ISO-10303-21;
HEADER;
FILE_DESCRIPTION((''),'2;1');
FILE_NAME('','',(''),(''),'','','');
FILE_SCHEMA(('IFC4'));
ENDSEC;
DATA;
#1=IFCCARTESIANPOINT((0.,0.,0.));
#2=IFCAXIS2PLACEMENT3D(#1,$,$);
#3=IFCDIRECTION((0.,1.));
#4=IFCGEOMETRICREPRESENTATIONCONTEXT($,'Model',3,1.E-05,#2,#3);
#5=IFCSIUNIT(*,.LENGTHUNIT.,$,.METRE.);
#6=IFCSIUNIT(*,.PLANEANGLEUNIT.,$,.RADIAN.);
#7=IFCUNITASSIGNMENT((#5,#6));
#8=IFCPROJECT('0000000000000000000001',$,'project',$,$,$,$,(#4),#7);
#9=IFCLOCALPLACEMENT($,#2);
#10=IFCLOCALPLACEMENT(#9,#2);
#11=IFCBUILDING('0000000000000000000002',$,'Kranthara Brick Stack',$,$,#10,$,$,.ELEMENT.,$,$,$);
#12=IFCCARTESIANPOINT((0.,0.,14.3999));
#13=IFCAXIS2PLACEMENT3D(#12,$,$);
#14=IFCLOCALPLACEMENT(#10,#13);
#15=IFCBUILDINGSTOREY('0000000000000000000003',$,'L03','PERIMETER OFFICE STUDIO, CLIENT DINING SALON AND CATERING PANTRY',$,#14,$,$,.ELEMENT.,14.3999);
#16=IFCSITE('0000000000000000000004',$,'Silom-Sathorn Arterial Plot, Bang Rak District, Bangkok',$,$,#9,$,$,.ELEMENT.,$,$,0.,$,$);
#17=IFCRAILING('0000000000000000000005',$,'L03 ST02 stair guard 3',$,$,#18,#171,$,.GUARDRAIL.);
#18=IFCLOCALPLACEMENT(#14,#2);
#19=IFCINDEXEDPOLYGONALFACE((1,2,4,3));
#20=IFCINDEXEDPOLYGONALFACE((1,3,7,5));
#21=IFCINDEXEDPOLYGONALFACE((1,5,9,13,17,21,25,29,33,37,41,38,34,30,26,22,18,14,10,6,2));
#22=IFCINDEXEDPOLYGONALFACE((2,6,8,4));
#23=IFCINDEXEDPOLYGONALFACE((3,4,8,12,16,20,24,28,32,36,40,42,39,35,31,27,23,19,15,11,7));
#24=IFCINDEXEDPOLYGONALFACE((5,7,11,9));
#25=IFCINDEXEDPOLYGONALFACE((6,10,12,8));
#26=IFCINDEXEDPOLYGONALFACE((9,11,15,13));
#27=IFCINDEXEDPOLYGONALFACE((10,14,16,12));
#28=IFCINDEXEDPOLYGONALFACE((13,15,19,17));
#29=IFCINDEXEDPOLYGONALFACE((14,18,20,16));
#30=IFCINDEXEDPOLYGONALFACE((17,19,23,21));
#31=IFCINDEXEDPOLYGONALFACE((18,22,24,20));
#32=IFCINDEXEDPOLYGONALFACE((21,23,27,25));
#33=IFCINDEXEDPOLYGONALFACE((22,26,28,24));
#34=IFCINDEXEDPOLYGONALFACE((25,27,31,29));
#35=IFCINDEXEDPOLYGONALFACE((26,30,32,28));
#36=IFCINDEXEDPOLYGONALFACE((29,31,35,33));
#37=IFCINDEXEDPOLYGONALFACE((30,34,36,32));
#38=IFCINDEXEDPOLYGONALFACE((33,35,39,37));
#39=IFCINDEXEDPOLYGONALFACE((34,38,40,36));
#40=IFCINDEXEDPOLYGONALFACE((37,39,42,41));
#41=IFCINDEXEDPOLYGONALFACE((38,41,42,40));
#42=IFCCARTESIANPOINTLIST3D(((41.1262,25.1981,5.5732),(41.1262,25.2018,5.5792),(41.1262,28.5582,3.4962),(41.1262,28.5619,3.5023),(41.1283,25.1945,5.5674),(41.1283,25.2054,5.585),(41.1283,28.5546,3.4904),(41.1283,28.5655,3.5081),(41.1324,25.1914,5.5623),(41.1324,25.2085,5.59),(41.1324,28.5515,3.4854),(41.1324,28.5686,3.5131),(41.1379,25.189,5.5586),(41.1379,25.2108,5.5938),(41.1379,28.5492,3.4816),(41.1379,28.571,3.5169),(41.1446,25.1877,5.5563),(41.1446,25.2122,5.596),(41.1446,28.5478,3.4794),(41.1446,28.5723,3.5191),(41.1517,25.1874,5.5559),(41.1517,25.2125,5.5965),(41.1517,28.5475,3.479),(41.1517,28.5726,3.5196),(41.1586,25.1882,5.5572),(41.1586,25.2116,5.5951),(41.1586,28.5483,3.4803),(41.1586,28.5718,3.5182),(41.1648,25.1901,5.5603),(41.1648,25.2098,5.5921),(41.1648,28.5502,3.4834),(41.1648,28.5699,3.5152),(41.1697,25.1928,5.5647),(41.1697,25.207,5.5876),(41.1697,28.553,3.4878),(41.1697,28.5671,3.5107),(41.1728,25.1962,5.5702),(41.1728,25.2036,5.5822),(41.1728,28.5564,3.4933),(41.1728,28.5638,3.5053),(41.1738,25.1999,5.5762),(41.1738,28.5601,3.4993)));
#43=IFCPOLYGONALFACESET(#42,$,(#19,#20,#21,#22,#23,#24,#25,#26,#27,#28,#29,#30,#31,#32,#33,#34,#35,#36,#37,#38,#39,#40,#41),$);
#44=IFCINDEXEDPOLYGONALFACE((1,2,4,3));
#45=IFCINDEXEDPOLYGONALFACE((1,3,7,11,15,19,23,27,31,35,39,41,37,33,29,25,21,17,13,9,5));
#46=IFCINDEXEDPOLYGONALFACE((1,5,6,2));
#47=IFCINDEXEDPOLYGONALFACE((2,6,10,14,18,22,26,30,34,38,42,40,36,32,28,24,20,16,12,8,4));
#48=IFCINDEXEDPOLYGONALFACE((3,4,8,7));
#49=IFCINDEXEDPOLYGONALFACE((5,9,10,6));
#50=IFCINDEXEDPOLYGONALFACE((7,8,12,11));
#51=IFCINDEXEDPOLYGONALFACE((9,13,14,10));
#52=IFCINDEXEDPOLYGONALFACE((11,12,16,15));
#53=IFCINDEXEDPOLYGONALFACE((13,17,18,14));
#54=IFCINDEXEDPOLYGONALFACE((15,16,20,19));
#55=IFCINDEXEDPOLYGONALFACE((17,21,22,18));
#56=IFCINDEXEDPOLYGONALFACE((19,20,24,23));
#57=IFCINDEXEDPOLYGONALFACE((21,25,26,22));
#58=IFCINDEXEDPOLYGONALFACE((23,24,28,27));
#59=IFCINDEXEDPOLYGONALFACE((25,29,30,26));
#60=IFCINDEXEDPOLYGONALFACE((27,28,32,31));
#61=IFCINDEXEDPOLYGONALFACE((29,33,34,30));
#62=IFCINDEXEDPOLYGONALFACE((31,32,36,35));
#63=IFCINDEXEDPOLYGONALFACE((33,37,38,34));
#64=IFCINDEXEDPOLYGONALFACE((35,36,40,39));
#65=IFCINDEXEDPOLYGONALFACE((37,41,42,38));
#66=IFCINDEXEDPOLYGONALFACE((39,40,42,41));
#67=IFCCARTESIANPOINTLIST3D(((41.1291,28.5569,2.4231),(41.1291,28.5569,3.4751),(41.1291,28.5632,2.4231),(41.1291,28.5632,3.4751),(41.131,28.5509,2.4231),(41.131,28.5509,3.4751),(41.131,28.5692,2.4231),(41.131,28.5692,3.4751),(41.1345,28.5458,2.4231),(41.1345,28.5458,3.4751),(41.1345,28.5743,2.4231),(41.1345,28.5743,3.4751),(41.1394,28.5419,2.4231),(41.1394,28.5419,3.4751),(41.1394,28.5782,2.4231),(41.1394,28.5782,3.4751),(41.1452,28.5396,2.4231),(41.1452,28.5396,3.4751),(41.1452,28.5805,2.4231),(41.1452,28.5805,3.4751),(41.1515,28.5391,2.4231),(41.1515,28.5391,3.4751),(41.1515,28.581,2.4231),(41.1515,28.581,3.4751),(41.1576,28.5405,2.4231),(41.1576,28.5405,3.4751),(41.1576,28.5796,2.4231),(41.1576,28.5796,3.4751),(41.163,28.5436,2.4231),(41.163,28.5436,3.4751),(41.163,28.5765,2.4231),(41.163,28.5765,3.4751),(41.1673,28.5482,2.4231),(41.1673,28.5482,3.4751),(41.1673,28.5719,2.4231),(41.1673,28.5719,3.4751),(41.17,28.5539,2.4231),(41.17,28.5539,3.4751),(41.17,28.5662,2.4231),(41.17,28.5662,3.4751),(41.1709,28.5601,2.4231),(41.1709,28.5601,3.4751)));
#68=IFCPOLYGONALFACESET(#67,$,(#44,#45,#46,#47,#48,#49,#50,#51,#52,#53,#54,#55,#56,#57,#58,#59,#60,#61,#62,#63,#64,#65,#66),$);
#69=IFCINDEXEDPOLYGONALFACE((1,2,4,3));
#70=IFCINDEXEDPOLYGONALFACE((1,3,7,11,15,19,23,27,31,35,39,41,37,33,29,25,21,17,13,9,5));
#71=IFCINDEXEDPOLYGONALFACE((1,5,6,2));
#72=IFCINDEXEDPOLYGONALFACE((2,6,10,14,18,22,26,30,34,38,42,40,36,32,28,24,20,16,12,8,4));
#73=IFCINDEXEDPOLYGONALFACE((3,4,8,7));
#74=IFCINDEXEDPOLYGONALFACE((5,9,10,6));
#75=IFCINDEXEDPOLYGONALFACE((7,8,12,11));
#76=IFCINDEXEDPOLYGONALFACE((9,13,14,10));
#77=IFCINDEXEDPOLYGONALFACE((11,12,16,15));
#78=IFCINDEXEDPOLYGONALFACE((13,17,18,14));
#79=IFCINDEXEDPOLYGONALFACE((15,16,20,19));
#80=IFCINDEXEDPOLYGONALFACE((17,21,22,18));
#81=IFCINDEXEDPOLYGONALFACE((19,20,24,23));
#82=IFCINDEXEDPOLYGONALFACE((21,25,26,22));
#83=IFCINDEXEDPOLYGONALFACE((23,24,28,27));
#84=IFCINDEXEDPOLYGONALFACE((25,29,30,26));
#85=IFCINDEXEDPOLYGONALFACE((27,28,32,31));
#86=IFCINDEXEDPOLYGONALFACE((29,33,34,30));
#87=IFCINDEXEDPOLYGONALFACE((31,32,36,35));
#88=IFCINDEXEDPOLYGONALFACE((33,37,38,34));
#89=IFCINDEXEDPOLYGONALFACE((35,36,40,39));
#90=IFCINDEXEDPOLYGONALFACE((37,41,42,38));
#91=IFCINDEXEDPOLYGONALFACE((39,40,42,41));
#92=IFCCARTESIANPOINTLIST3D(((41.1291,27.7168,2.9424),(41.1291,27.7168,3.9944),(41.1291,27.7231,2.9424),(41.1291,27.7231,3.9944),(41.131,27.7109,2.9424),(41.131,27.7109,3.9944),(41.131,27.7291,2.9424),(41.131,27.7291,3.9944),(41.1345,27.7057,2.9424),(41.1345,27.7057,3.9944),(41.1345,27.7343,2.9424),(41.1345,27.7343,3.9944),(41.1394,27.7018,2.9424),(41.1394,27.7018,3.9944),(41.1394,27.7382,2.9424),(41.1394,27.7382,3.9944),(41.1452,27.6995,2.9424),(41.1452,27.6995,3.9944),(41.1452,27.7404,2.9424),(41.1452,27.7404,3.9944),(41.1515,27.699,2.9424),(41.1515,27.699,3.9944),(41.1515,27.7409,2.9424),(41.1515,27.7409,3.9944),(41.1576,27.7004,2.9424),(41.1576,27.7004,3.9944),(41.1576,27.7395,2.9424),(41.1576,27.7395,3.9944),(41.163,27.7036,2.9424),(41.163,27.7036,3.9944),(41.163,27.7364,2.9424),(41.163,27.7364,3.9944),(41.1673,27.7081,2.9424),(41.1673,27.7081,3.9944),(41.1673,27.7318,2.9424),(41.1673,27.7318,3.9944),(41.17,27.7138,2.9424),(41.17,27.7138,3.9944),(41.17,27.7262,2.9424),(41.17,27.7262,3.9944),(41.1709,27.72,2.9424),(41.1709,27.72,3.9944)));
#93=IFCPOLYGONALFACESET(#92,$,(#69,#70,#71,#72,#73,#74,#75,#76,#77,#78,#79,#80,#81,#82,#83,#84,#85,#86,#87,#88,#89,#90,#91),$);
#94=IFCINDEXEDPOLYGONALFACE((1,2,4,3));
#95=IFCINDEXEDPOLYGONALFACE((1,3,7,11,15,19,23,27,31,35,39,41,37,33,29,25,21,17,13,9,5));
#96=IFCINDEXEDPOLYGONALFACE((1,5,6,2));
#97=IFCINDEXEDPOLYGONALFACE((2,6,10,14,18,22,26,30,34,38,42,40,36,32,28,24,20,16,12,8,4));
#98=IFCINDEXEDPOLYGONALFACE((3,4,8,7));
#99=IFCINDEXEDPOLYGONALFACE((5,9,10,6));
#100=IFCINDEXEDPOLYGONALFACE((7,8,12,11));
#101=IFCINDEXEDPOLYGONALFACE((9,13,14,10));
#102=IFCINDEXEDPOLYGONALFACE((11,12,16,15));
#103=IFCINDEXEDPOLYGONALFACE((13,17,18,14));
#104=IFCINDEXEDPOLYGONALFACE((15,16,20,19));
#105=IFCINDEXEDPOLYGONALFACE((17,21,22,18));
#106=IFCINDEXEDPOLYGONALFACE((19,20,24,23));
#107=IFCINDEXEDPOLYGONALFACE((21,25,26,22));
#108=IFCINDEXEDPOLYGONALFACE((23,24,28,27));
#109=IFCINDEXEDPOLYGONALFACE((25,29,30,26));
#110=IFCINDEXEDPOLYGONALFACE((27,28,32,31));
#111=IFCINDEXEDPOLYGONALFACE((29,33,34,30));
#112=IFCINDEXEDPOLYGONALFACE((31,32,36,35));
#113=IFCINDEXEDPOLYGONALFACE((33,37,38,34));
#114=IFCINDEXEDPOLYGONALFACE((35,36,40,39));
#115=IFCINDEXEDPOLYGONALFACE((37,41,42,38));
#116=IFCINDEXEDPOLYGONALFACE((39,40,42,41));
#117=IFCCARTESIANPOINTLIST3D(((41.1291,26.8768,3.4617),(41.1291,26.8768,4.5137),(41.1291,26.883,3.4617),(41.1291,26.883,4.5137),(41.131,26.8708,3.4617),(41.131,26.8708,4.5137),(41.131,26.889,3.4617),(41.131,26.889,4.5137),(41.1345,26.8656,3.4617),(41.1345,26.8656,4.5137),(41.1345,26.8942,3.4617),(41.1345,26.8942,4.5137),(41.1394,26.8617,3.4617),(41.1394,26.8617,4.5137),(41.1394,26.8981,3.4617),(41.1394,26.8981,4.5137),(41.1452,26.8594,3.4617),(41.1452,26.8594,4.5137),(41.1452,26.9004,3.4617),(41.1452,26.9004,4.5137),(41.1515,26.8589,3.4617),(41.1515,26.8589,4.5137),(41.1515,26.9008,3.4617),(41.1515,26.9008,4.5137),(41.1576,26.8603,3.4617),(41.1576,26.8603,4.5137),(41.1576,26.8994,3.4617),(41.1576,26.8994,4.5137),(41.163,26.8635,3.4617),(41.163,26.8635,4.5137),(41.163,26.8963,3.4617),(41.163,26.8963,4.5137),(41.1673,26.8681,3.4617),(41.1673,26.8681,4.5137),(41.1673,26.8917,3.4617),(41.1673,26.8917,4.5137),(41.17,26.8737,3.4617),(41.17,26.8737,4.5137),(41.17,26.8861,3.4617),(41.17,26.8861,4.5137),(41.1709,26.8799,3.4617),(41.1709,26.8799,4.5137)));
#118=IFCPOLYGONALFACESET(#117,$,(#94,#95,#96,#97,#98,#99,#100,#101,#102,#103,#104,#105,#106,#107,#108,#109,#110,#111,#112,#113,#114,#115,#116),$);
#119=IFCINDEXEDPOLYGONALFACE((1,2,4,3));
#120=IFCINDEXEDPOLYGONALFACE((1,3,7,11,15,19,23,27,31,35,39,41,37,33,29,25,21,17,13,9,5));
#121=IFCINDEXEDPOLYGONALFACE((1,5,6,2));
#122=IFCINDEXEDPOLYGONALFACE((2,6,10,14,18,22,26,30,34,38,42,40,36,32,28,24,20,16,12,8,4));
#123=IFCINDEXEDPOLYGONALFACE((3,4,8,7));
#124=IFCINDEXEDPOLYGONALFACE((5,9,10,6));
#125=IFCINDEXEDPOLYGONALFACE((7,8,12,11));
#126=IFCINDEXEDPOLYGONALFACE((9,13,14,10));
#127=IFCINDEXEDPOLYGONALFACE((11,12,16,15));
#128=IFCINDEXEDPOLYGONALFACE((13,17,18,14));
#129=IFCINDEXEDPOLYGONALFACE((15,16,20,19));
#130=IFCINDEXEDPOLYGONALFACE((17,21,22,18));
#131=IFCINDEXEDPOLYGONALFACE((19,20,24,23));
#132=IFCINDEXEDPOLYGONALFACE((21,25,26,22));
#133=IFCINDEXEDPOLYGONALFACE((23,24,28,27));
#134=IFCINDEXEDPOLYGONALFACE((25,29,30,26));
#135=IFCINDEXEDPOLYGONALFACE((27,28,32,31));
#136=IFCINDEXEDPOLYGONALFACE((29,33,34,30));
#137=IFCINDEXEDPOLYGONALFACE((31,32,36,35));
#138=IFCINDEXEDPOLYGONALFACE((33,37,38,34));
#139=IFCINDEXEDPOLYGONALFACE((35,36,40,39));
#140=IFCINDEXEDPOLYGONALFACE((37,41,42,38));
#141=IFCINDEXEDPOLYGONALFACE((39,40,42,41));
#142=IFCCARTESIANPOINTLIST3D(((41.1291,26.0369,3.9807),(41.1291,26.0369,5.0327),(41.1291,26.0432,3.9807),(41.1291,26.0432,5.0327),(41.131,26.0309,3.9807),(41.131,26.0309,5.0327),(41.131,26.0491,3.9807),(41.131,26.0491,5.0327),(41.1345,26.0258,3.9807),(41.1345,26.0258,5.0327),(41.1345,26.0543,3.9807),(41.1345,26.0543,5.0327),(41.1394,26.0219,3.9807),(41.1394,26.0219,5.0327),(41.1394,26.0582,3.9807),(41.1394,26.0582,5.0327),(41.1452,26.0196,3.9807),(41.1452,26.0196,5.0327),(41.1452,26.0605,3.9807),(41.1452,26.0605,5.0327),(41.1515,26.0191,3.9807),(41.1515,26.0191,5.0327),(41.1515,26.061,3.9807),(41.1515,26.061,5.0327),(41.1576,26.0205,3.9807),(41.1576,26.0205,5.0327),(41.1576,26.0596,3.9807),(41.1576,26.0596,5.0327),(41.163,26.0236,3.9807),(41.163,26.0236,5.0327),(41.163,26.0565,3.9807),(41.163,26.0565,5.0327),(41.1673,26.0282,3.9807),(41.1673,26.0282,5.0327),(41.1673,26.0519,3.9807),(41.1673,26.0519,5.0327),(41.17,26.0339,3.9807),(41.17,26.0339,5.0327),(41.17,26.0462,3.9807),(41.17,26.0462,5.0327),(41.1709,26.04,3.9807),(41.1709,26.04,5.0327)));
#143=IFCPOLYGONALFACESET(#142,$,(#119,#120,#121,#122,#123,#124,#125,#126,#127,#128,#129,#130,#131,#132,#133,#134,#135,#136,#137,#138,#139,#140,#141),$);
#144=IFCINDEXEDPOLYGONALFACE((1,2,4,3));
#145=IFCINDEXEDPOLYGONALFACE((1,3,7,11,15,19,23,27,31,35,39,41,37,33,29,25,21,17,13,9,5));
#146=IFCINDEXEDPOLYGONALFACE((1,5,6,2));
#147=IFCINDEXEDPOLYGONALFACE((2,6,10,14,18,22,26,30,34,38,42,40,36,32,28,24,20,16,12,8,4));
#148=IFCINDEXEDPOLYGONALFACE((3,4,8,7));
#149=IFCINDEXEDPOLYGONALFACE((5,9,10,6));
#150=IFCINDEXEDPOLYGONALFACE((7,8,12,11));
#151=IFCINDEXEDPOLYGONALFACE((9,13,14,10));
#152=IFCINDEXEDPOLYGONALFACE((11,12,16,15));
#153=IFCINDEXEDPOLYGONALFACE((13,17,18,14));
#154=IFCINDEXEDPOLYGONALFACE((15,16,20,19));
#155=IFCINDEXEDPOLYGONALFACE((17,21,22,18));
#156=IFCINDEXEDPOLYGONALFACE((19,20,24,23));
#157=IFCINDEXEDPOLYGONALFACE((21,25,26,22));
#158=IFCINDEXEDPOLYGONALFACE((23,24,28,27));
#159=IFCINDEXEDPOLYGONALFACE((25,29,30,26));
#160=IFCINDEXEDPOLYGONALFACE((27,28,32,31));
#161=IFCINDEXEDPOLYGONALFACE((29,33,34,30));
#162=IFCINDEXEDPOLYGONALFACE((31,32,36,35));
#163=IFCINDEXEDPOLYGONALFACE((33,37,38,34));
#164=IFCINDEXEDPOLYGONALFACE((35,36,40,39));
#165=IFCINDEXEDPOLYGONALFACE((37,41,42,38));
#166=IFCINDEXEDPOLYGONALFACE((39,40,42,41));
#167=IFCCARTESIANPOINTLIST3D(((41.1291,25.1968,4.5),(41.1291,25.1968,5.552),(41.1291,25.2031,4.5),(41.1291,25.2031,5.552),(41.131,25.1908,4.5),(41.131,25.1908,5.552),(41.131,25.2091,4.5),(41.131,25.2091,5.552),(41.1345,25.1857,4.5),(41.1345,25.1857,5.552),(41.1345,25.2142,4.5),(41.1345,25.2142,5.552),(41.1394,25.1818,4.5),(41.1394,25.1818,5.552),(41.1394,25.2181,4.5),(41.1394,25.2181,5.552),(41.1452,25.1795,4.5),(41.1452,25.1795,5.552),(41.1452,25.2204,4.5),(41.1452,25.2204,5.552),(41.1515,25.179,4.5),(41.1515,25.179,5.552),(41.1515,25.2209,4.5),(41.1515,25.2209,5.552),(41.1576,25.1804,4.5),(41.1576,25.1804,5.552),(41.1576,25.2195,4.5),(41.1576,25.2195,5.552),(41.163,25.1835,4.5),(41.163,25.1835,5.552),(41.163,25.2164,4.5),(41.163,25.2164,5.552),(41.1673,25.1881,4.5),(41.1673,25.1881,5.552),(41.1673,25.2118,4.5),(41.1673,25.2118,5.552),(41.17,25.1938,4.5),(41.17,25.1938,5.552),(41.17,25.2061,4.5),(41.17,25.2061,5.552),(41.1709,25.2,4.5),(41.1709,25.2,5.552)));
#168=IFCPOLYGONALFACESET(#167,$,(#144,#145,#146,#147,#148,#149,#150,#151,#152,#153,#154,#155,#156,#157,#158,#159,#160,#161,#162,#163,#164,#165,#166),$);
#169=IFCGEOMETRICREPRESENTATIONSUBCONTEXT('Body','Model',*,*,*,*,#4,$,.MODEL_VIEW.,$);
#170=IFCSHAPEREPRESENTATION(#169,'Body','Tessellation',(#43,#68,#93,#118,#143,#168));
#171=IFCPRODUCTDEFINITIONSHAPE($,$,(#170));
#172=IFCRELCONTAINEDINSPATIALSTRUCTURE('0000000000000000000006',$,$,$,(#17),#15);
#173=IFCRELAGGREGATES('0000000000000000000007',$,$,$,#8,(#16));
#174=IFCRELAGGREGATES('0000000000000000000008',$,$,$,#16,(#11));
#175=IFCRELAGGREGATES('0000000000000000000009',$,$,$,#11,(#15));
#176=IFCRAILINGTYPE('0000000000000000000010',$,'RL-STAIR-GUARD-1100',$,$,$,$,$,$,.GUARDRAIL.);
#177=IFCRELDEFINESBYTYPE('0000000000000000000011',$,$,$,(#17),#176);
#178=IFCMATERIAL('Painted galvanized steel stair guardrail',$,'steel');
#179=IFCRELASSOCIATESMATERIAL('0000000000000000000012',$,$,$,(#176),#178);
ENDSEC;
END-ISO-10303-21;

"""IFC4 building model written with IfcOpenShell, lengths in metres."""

from ifc_helpers import new_model, si_unit, direction, frame, origin, origin_2d, place, context, subcontext, project, spatial, circle, extrude, material, type_object, element, save


model = new_model("IFC4")

# Units and contexts
model_context = context("Model", 3, precision=1e-05, world=origin(), true_north=direction((0.0, 1.0)))
body_context = subcontext(model_context, "Body", "Model", "MODEL_VIEW")
ifc_project = project(units=[si_unit("LENGTHUNIT", "METRE"), si_unit("PLANEANGLEUNIT", "RADIAN")], contexts=[model_context])

# Site, building, storey
site_placement = place(None, origin())
site = spatial("IfcSite", under=ifc_project, at=site_placement, Name="Silom-Sathorn Arterial Plot, Bang Rak District, Bangkok", CompositionType="ELEMENT", RefElevation=0.0)
building_placement = place(site_placement, origin())
building = spatial("IfcBuilding", under=site, at=building_placement, Name="Kranthara Brick Stack", CompositionType="ELEMENT")
storey_placement = place(building_placement, frame((0.0, 0.0, 14.3999)))
storey = spatial("IfcBuildingStorey", under=building, at=storey_placement, Name="L03", Description="PERIMETER OFFICE STUDIO, CLIENT DINING SALON AND CATERING PANTRY", CompositionType="ELEMENT", Elevation=14.3999)

# Railing
ifc_material_1 = material(Name="Painted galvanized steel stair guardrail", Category="steel")
railing_type_1 = type_object("IfcRailingType", Name="RL-STAIR-GUARD-1100", PredefinedType="GUARDRAIL", material=ifc_material_1)
railing_1_placement = place(storey_placement, frame((41.1499, 28.5601, 2.4231)))
element("IfcRailing", 1, at=railing_1_placement, inside=storey, type_object=railing_type_1, Name="L03 ST02 stair guard 3", PredefinedType="GUARDRAIL", context=body_context, shape_type="SweptSolid", body=[
    extrude(circle(Radius=0.0239, at=origin_2d()), frame((0.0, 0.0, 1.0762), z_axis=(0.0, -0.850623, 0.525776), x_axis=(1.0, 0.0, 0.0)), (0.0, 0.0, 1.0), 3.9502),
    extrude(circle(Radius=0.021, at=origin_2d()), origin(), (0.0, 0.0, 1.0), 1.052),
    extrude(circle(Radius=0.021, at=origin_2d()), frame((0.0, -0.8401, 0.5193)), (0.0, 0.0, 1.0), 1.052),
    extrude(circle(Radius=0.021, at=origin_2d()), frame((0.0, -1.6802, 1.0386)), (0.0, 0.0, 1.0), 1.052),
    extrude(circle(Radius=0.021, at=origin_2d()), frame((0.0, -2.52, 1.5576)), (0.0, 0.0, 1.0), 1.052),
    extrude(circle(Radius=0.021, at=origin_2d()), frame((0.0, -3.3601, 2.0769)), (0.0, 0.0, 1.0), 1.052),
])

save(model, "model.ifc")
